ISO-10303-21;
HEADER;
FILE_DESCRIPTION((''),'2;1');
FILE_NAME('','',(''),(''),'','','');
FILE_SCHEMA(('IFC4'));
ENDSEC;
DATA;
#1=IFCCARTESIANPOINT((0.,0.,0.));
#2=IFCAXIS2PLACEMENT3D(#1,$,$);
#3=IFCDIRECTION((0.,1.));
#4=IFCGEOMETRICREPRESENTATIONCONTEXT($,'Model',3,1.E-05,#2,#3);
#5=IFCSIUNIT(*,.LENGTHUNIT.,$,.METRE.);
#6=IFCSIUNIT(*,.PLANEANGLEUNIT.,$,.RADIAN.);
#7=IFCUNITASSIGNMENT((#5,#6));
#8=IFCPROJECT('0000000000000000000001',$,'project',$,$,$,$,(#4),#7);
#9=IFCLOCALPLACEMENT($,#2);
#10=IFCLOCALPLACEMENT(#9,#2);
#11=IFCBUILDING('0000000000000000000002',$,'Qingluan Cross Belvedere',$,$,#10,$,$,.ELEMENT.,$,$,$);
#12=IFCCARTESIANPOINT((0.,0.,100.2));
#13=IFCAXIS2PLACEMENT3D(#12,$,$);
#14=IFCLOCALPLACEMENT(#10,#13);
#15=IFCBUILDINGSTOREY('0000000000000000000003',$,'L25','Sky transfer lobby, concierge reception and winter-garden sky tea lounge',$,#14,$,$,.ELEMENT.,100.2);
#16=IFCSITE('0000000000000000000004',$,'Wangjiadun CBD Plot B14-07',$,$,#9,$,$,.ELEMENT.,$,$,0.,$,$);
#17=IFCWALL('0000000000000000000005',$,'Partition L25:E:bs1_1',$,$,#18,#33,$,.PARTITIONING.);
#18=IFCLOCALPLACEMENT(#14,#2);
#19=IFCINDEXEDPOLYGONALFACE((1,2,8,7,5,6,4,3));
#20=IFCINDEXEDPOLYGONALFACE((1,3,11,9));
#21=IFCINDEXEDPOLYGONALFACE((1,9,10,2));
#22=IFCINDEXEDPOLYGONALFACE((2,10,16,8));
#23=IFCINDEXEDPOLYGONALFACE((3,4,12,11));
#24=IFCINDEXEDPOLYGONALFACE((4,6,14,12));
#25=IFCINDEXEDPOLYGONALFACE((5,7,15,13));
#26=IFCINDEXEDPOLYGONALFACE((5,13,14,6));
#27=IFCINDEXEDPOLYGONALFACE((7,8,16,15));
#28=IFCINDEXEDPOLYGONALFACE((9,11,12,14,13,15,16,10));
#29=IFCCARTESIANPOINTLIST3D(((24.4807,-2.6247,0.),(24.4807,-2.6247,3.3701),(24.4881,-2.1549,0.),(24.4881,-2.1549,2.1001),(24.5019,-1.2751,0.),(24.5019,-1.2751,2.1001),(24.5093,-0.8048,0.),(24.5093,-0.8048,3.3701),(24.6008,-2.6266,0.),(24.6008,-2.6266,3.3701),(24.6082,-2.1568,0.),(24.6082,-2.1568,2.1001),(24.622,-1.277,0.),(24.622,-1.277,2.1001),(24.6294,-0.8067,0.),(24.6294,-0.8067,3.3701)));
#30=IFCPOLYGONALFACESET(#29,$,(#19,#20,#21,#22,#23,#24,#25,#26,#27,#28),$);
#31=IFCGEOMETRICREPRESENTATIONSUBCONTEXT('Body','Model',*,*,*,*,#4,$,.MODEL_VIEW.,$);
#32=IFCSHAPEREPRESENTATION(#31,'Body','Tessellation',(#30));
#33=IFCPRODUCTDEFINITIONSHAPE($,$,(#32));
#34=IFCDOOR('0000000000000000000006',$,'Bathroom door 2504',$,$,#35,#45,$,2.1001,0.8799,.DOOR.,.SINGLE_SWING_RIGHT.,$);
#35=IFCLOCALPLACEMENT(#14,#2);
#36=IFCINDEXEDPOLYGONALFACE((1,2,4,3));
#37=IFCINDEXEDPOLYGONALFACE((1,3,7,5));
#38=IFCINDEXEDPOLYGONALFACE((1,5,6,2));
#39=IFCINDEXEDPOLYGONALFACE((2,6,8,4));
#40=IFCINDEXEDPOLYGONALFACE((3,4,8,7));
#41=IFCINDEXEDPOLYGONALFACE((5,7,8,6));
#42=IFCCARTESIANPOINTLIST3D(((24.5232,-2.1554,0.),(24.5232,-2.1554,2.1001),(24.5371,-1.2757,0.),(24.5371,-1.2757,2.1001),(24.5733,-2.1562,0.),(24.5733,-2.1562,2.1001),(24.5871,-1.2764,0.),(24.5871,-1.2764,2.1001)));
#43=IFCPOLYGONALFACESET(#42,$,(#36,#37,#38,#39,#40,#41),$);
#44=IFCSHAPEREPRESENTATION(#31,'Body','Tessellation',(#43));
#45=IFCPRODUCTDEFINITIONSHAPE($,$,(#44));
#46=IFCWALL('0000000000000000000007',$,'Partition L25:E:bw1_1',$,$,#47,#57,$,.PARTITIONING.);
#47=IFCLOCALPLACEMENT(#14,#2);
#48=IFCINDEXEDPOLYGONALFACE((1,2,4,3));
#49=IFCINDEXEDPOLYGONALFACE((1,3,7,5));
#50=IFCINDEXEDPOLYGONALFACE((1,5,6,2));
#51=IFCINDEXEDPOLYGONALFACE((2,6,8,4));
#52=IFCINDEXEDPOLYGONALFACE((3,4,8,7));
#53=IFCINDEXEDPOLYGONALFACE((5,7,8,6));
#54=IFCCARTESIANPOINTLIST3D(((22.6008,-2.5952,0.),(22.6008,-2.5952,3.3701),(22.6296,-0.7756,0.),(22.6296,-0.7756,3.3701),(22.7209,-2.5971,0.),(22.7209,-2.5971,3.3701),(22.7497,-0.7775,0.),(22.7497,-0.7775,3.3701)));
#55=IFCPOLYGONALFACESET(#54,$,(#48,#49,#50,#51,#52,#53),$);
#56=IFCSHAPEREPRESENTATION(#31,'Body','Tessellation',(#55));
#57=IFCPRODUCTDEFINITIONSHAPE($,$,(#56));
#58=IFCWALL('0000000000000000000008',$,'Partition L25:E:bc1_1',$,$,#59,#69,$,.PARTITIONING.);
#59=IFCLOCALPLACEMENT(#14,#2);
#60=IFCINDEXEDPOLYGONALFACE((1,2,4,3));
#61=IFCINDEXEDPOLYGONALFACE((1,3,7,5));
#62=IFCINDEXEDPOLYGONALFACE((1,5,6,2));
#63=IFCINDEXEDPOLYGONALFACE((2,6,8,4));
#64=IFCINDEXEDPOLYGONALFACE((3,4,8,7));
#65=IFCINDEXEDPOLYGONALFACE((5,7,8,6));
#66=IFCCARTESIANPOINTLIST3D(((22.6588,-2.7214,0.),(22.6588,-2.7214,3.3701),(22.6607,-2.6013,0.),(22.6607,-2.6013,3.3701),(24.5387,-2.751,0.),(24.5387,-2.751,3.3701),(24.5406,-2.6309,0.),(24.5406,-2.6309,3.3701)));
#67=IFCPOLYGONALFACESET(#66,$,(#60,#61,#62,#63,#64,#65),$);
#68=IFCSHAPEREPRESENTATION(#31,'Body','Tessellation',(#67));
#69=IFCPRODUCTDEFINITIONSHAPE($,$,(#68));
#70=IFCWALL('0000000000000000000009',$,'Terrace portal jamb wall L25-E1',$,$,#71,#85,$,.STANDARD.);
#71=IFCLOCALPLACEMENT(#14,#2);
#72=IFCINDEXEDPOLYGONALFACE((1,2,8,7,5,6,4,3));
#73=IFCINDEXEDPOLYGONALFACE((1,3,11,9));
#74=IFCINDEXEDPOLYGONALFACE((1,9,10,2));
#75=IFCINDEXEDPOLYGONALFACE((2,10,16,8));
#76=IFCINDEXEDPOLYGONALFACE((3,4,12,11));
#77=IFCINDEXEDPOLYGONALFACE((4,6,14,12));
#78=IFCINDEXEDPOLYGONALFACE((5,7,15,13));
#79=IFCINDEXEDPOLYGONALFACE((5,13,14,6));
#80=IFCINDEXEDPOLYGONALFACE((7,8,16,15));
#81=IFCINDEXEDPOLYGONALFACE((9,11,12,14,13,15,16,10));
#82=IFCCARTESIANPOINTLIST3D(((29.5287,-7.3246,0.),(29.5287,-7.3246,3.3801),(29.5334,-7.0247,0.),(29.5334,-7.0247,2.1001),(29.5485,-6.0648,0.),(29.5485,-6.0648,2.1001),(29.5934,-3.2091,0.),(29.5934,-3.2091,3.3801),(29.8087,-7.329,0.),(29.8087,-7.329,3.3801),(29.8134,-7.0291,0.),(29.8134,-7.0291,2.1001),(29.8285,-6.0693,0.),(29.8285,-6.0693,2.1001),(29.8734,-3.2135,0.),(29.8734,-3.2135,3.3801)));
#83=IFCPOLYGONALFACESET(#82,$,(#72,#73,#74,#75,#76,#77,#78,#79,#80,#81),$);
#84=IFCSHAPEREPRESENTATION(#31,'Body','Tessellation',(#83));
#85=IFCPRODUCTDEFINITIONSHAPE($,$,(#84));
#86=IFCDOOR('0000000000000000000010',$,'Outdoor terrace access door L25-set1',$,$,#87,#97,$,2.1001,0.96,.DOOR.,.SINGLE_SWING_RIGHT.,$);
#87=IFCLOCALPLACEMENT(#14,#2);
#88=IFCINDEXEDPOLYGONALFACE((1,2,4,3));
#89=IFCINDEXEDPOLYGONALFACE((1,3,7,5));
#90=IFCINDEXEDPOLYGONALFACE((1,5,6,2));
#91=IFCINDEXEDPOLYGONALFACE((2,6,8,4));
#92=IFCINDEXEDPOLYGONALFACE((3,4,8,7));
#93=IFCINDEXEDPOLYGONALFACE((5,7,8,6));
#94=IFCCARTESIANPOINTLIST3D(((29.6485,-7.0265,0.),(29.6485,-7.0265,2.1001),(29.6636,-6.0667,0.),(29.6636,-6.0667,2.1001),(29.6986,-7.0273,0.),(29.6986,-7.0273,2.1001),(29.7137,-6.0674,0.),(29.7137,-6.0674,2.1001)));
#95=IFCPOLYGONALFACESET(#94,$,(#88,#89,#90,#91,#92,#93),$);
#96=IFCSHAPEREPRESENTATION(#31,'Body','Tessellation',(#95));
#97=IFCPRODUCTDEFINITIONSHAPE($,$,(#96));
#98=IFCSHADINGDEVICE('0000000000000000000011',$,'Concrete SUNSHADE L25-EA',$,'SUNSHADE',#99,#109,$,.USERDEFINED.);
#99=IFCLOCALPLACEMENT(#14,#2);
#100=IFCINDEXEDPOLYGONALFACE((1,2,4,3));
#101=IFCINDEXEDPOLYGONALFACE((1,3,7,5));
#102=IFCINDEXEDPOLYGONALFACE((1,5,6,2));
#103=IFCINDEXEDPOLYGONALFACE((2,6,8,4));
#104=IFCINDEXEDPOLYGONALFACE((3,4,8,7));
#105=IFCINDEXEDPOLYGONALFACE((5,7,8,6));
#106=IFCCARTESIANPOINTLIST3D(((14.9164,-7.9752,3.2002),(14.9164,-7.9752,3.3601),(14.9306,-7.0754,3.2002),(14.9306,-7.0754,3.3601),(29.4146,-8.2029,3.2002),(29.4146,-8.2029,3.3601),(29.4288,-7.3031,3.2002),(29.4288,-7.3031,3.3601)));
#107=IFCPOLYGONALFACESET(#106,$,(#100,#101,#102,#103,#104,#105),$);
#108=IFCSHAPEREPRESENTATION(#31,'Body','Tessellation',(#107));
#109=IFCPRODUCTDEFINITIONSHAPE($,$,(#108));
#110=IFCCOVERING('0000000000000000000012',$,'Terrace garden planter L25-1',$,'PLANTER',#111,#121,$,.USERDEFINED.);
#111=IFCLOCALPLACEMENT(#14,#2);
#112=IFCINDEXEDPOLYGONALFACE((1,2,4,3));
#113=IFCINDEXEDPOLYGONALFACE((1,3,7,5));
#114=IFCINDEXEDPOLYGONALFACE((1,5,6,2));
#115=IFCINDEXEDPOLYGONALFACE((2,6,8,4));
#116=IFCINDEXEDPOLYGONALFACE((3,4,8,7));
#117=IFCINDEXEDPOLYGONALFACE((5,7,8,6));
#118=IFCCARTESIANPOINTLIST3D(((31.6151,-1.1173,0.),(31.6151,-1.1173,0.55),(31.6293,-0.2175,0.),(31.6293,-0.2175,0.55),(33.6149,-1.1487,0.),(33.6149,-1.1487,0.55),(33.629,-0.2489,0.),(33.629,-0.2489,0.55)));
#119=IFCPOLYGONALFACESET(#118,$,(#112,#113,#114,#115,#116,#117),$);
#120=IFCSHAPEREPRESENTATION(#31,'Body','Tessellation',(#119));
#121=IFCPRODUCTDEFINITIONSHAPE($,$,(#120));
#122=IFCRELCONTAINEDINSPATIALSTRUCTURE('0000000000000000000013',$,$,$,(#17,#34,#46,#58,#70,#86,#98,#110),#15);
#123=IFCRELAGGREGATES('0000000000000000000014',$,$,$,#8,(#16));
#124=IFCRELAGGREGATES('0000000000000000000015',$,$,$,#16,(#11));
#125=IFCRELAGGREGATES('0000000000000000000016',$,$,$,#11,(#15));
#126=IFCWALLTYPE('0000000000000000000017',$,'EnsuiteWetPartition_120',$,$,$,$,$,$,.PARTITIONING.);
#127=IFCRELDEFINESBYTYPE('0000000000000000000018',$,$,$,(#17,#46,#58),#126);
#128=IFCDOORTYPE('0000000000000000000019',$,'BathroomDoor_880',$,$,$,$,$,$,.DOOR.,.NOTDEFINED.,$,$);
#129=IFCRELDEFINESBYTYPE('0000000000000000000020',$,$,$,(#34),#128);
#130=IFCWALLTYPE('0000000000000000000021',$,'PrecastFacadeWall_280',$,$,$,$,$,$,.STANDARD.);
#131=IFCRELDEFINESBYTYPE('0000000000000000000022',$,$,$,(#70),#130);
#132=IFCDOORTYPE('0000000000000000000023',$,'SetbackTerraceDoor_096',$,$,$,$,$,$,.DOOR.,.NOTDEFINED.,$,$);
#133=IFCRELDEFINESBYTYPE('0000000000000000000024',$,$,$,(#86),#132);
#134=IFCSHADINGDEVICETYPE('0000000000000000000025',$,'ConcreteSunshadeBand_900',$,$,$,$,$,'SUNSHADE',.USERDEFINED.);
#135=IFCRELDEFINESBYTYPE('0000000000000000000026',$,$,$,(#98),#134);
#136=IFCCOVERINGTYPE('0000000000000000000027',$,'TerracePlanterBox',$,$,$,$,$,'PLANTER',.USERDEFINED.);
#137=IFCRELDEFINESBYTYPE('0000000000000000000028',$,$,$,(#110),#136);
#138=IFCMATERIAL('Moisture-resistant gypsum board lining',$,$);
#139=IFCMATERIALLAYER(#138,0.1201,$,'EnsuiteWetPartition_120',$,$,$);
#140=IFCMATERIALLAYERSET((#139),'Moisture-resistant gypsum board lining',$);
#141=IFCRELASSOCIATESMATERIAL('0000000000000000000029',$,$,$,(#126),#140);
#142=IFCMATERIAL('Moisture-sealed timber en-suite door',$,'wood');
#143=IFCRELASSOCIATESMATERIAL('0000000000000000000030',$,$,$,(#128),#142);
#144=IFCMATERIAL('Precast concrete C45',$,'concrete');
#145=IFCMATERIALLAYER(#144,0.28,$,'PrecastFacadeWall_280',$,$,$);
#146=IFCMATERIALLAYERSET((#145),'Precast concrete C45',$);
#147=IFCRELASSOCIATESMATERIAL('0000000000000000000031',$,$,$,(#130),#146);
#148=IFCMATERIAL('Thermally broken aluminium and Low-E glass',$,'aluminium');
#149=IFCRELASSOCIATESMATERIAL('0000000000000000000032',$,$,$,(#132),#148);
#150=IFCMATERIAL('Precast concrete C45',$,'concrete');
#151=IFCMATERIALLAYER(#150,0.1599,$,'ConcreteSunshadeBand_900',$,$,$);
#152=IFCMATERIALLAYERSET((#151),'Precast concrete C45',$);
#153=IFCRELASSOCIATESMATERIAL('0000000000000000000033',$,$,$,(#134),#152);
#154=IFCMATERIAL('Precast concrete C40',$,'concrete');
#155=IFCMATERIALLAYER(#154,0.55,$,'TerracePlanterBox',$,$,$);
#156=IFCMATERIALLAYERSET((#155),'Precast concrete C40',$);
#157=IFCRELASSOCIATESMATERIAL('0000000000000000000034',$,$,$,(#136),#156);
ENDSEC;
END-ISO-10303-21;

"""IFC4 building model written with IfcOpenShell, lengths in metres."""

from ifc_helpers import new_model, si_unit, direction, frame, frame_2d, origin, origin_2d, place, context, subcontext, project, spatial, rectangle, extrude, material, layer, layer_set, type_object, element, fill, save


model = new_model("IFC4")

# Units and contexts
model_context = context("Model", 3, precision=1e-05, world=origin(), true_north=direction((0.0, 1.0)))
body_context = subcontext(model_context, "Body", "Model", "MODEL_VIEW")
ifc_project = project(units=[si_unit("LENGTHUNIT", "METRE"), si_unit("PLANEANGLEUNIT", "RADIAN")], contexts=[model_context])

# Site, building, storey
site_placement = place(None, origin())
site = spatial("IfcSite", under=ifc_project, at=site_placement, Name="Wangjiadun CBD Plot B14-07", CompositionType="ELEMENT", RefElevation=0.0)
building_placement = place(site_placement, origin())
building = spatial("IfcBuilding", under=site, at=building_placement, Name="Qingluan Cross Belvedere", CompositionType="ELEMENT")
storey_placement = place(building_placement, frame((0.0, 0.0, 100.2)))
storey = spatial("IfcBuildingStorey", under=building, at=storey_placement, Name="L25", Description="Sky transfer lobby, concierge reception and winter-garden sky tea lounge", CompositionType="ELEMENT", Elevation=100.2)

# Shared definitions
ifc_material_1 = material(Name="Moisture-resistant gypsum board lining")
ifc_layer_1 = layer(ifc_material_1, 0.1201, Name="EnsuiteWetPartition_120")
ifc_layer_set_1 = layer_set([ifc_layer_1], Name="Moisture-resistant gypsum board lining")
wall_type_1 = type_object("IfcWallType", Name="EnsuiteWetPartition_120", PredefinedType="PARTITIONING", material=ifc_layer_set_1)
ifc_material_2 = material(Name="Moisture-sealed timber en-suite door", Category="wood")
door_type_1 = type_object("IfcDoorType", Name="BathroomDoor_880", OperationType="NOTDEFINED", PredefinedType="DOOR", material=ifc_material_2)

# Wall, opening, door
wall_1_placement = place(storey_placement, frame((24.5408, -2.6257, 0.0), z_axis=(0.0, 0.0, 1.0), x_axis=(0.015694, 0.999877, 0.0)))
wall_1 = element("IfcWall", 1, at=wall_1_placement, inside=storey, type_object=wall_type_1, Name="Partition L25:E:bs1_1", PredefinedType="PARTITIONING", context=body_context, shape_type="SweptSolid", body=[
    extrude(rectangle(XDim=1.8201, YDim=0.1201, at=frame_2d((0.9102, 0.0))), origin(), (0.0, 0.0, 1.0), 3.3701),
])
opening_1_placement = place(wall_1_placement, frame((0.47, 0.0, 0.0)))
opening_1 = element("IfcOpeningElement", 2, at=opening_1_placement, cuts=wall_1, PredefinedType="OPENING", context=body_context, shape_type="SweptSolid", body=[
    extrude(rectangle(XDim=0.8799, YDim=2.1001, at=frame_2d((0.4399, 1.05))), frame((0.0, 0.0701, 0.0), z_axis=(0.0, -1.0, 0.0), x_axis=(1.0, 0.0, 0.0)), (0.0, 0.0, 1.0), 0.1401),
])
door_1_placement = place(opening_1_placement, origin())
door_1 = element("IfcDoor", 3, at=door_1_placement, inside=storey, type_object=door_type_1, Name="Bathroom door 2504", OperationType="SINGLE_SWING_RIGHT", OverallHeight=2.1001, OverallWidth=0.8799, PredefinedType="DOOR", context=body_context, shape_type="SweptSolid", body=[
    extrude(rectangle(XDim=0.8799, YDim=2.1001, at=frame_2d((0.4399, 1.05))), frame((0.0, 0.0249, 0.0), z_axis=(0.0, -1.0, 0.0), x_axis=(1.0, 0.0, 0.0)), (0.0, 0.0, 1.0), 0.05),
])
fill(opening_1, door_1)

# Walls
wall_2_placement = place(storey_placement, frame((22.6609, -2.5962, 0.0), z_axis=(0.0, 0.0, 1.0), x_axis=(0.015831, 0.999875, 0.0)))
element("IfcWall", 4, at=wall_2_placement, inside=storey, type_object=wall_type_1, Name="Partition L25:E:bw1_1", PredefinedType="PARTITIONING", context=body_context, shape_type="SweptSolid", body=[
    extrude(rectangle(XDim=1.8198, YDim=0.1201, at=frame_2d((0.9099, 0.0))), origin(), (0.0, 0.0, 1.0), 3.3701),
])
wall_3_placement = place(storey_placement, frame((22.6599, -2.6614, 0.0), z_axis=(0.0, 0.0, 1.0), x_axis=(0.999877, -0.015712, 0.0)))
element("IfcWall", 5, at=wall_3_placement, inside=storey, type_object=wall_type_1, Name="Partition L25:E:bc1_1", PredefinedType="PARTITIONING", context=body_context, shape_type="SweptSolid", body=[
    extrude(rectangle(XDim=1.8801, YDim=0.1201, at=frame_2d((0.9399, 0.0))), origin(), (0.0, 0.0, 1.0), 3.3701),
])

# Wall, opening, door
ifc_material_3 = material(Name="Precast concrete C45", Category="concrete")
ifc_layer_2 = layer(ifc_material_3, 0.28, Name="PrecastFacadeWall_280")
ifc_layer_set_2 = layer_set([ifc_layer_2], Name="Precast concrete C45")
wall_type_2 = type_object("IfcWallType", Name="PrecastFacadeWall_280", PredefinedType="STANDARD", material=ifc_layer_set_2)
wall_4_placement = place(storey_placement, frame((29.6687, -7.3269, 0.0), z_axis=(0.0, 0.0, 1.0), x_axis=(0.015719, 0.999876, 0.0)))
wall_4 = element("IfcWall", 6, at=wall_4_placement, inside=storey, type_object=wall_type_2, Name="Terrace portal jamb wall L25-E1", PredefinedType="STANDARD", context=body_context, shape_type="SweptSolid", body=[
    extrude(rectangle(XDim=4.116, YDim=0.28, at=frame_2d((2.0581, 0.0))), origin(), (0.0, 0.0, 1.0), 3.3801),
])
opening_2_placement = place(wall_4_placement, frame((0.3, 0.0, 0.0)))
opening_2 = element("IfcOpeningElement", 7, at=opening_2_placement, cuts=wall_4, PredefinedType="OPENING", context=body_context, shape_type="SweptSolid", body=[
    extrude(rectangle(XDim=0.96, YDim=2.1001, at=frame_2d((0.48, 1.05))), frame((0.0, 0.1499, 0.0), z_axis=(0.0, -1.0, 0.0), x_axis=(1.0, 0.0, 0.0)), (0.0, 0.0, 1.0), 0.3),
])
ifc_material_4 = material(Name="Thermally broken aluminium and Low-E glass", Category="aluminium")
door_type_2 = type_object("IfcDoorType", Name="SetbackTerraceDoor_096", OperationType="NOTDEFINED", PredefinedType="DOOR", material=ifc_material_4)
door_2_placement = place(opening_2_placement, origin())
door_2 = element("IfcDoor", 8, at=door_2_placement, inside=storey, type_object=door_type_2, Name="Outdoor terrace access door L25-set1", OperationType="SINGLE_SWING_RIGHT", OverallHeight=2.1001, OverallWidth=0.96, PredefinedType="DOOR", context=body_context, shape_type="SweptSolid", body=[
    extrude(rectangle(XDim=0.96, YDim=2.1001, at=frame_2d((0.48, 1.05))), frame((0.0, 0.0249, 0.0), z_axis=(0.0, -1.0, 0.0), x_axis=(1.0, 0.0, 0.0)), (0.0, 0.0, 1.0), 0.05),
])
fill(opening_2, door_2)

# Shading device
ifc_material_5 = material(Name="Precast concrete C45", Category="concrete")
ifc_layer_3 = layer(ifc_material_5, 0.1599, Name="ConcreteSunshadeBand_900")
ifc_layer_set_3 = layer_set([ifc_layer_3], Name="Precast concrete C45")
shading_device_type = type_object("IfcShadingDeviceType", Name="ConcreteSunshadeBand_900", ElementType="SUNSHADE", PredefinedType="USERDEFINED", material=ifc_layer_set_3)
shading_device_placement = place(storey_placement, frame((22.1726, -7.6392, 3.2002), z_axis=(0.0, 0.0, 1.0), x_axis=(0.999877, -0.015707, 0.0)))
element("IfcShadingDevice", 9, at=shading_device_placement, inside=storey, type_object=shading_device_type, Name="Concrete SUNSHADE L25-EA", ObjectType="SUNSHADE", PredefinedType="USERDEFINED", context=body_context, shape_type="SweptSolid", body=[
    extrude(rectangle(XDim=14.5, YDim=0.8999, at=origin_2d()), origin(), (0.0, 0.0, 1.0), 0.1599),
])

# Covering
ifc_material_6 = material(Name="Precast concrete C40", Category="concrete")
ifc_layer_4 = layer(ifc_material_6, 0.55, Name="TerracePlanterBox")
ifc_layer_set_4 = layer_set([ifc_layer_4], Name="Precast concrete C40")
covering_type = type_object("IfcCoveringType", Name="TerracePlanterBox", ElementType="PLANTER", PredefinedType="USERDEFINED", material=ifc_layer_set_4)
covering_placement = place(storey_placement, frame((32.6221, -0.6831, 0.0), z_axis=(0.0, 0.0, 1.0), x_axis=(0.999877, -0.015707, 0.0)))
element("IfcCovering", 10, at=covering_placement, inside=storey, type_object=covering_type, Name="Terrace garden planter L25-1", ObjectType="PLANTER", PredefinedType="USERDEFINED", context=body_context, shape_type="SweptSolid", body=[
    extrude(rectangle(XDim=2.0, YDim=0.8999, at=origin_2d()), origin(), (0.0, 0.0, 1.0), 0.55),
])

save(model, "model.ifc")
